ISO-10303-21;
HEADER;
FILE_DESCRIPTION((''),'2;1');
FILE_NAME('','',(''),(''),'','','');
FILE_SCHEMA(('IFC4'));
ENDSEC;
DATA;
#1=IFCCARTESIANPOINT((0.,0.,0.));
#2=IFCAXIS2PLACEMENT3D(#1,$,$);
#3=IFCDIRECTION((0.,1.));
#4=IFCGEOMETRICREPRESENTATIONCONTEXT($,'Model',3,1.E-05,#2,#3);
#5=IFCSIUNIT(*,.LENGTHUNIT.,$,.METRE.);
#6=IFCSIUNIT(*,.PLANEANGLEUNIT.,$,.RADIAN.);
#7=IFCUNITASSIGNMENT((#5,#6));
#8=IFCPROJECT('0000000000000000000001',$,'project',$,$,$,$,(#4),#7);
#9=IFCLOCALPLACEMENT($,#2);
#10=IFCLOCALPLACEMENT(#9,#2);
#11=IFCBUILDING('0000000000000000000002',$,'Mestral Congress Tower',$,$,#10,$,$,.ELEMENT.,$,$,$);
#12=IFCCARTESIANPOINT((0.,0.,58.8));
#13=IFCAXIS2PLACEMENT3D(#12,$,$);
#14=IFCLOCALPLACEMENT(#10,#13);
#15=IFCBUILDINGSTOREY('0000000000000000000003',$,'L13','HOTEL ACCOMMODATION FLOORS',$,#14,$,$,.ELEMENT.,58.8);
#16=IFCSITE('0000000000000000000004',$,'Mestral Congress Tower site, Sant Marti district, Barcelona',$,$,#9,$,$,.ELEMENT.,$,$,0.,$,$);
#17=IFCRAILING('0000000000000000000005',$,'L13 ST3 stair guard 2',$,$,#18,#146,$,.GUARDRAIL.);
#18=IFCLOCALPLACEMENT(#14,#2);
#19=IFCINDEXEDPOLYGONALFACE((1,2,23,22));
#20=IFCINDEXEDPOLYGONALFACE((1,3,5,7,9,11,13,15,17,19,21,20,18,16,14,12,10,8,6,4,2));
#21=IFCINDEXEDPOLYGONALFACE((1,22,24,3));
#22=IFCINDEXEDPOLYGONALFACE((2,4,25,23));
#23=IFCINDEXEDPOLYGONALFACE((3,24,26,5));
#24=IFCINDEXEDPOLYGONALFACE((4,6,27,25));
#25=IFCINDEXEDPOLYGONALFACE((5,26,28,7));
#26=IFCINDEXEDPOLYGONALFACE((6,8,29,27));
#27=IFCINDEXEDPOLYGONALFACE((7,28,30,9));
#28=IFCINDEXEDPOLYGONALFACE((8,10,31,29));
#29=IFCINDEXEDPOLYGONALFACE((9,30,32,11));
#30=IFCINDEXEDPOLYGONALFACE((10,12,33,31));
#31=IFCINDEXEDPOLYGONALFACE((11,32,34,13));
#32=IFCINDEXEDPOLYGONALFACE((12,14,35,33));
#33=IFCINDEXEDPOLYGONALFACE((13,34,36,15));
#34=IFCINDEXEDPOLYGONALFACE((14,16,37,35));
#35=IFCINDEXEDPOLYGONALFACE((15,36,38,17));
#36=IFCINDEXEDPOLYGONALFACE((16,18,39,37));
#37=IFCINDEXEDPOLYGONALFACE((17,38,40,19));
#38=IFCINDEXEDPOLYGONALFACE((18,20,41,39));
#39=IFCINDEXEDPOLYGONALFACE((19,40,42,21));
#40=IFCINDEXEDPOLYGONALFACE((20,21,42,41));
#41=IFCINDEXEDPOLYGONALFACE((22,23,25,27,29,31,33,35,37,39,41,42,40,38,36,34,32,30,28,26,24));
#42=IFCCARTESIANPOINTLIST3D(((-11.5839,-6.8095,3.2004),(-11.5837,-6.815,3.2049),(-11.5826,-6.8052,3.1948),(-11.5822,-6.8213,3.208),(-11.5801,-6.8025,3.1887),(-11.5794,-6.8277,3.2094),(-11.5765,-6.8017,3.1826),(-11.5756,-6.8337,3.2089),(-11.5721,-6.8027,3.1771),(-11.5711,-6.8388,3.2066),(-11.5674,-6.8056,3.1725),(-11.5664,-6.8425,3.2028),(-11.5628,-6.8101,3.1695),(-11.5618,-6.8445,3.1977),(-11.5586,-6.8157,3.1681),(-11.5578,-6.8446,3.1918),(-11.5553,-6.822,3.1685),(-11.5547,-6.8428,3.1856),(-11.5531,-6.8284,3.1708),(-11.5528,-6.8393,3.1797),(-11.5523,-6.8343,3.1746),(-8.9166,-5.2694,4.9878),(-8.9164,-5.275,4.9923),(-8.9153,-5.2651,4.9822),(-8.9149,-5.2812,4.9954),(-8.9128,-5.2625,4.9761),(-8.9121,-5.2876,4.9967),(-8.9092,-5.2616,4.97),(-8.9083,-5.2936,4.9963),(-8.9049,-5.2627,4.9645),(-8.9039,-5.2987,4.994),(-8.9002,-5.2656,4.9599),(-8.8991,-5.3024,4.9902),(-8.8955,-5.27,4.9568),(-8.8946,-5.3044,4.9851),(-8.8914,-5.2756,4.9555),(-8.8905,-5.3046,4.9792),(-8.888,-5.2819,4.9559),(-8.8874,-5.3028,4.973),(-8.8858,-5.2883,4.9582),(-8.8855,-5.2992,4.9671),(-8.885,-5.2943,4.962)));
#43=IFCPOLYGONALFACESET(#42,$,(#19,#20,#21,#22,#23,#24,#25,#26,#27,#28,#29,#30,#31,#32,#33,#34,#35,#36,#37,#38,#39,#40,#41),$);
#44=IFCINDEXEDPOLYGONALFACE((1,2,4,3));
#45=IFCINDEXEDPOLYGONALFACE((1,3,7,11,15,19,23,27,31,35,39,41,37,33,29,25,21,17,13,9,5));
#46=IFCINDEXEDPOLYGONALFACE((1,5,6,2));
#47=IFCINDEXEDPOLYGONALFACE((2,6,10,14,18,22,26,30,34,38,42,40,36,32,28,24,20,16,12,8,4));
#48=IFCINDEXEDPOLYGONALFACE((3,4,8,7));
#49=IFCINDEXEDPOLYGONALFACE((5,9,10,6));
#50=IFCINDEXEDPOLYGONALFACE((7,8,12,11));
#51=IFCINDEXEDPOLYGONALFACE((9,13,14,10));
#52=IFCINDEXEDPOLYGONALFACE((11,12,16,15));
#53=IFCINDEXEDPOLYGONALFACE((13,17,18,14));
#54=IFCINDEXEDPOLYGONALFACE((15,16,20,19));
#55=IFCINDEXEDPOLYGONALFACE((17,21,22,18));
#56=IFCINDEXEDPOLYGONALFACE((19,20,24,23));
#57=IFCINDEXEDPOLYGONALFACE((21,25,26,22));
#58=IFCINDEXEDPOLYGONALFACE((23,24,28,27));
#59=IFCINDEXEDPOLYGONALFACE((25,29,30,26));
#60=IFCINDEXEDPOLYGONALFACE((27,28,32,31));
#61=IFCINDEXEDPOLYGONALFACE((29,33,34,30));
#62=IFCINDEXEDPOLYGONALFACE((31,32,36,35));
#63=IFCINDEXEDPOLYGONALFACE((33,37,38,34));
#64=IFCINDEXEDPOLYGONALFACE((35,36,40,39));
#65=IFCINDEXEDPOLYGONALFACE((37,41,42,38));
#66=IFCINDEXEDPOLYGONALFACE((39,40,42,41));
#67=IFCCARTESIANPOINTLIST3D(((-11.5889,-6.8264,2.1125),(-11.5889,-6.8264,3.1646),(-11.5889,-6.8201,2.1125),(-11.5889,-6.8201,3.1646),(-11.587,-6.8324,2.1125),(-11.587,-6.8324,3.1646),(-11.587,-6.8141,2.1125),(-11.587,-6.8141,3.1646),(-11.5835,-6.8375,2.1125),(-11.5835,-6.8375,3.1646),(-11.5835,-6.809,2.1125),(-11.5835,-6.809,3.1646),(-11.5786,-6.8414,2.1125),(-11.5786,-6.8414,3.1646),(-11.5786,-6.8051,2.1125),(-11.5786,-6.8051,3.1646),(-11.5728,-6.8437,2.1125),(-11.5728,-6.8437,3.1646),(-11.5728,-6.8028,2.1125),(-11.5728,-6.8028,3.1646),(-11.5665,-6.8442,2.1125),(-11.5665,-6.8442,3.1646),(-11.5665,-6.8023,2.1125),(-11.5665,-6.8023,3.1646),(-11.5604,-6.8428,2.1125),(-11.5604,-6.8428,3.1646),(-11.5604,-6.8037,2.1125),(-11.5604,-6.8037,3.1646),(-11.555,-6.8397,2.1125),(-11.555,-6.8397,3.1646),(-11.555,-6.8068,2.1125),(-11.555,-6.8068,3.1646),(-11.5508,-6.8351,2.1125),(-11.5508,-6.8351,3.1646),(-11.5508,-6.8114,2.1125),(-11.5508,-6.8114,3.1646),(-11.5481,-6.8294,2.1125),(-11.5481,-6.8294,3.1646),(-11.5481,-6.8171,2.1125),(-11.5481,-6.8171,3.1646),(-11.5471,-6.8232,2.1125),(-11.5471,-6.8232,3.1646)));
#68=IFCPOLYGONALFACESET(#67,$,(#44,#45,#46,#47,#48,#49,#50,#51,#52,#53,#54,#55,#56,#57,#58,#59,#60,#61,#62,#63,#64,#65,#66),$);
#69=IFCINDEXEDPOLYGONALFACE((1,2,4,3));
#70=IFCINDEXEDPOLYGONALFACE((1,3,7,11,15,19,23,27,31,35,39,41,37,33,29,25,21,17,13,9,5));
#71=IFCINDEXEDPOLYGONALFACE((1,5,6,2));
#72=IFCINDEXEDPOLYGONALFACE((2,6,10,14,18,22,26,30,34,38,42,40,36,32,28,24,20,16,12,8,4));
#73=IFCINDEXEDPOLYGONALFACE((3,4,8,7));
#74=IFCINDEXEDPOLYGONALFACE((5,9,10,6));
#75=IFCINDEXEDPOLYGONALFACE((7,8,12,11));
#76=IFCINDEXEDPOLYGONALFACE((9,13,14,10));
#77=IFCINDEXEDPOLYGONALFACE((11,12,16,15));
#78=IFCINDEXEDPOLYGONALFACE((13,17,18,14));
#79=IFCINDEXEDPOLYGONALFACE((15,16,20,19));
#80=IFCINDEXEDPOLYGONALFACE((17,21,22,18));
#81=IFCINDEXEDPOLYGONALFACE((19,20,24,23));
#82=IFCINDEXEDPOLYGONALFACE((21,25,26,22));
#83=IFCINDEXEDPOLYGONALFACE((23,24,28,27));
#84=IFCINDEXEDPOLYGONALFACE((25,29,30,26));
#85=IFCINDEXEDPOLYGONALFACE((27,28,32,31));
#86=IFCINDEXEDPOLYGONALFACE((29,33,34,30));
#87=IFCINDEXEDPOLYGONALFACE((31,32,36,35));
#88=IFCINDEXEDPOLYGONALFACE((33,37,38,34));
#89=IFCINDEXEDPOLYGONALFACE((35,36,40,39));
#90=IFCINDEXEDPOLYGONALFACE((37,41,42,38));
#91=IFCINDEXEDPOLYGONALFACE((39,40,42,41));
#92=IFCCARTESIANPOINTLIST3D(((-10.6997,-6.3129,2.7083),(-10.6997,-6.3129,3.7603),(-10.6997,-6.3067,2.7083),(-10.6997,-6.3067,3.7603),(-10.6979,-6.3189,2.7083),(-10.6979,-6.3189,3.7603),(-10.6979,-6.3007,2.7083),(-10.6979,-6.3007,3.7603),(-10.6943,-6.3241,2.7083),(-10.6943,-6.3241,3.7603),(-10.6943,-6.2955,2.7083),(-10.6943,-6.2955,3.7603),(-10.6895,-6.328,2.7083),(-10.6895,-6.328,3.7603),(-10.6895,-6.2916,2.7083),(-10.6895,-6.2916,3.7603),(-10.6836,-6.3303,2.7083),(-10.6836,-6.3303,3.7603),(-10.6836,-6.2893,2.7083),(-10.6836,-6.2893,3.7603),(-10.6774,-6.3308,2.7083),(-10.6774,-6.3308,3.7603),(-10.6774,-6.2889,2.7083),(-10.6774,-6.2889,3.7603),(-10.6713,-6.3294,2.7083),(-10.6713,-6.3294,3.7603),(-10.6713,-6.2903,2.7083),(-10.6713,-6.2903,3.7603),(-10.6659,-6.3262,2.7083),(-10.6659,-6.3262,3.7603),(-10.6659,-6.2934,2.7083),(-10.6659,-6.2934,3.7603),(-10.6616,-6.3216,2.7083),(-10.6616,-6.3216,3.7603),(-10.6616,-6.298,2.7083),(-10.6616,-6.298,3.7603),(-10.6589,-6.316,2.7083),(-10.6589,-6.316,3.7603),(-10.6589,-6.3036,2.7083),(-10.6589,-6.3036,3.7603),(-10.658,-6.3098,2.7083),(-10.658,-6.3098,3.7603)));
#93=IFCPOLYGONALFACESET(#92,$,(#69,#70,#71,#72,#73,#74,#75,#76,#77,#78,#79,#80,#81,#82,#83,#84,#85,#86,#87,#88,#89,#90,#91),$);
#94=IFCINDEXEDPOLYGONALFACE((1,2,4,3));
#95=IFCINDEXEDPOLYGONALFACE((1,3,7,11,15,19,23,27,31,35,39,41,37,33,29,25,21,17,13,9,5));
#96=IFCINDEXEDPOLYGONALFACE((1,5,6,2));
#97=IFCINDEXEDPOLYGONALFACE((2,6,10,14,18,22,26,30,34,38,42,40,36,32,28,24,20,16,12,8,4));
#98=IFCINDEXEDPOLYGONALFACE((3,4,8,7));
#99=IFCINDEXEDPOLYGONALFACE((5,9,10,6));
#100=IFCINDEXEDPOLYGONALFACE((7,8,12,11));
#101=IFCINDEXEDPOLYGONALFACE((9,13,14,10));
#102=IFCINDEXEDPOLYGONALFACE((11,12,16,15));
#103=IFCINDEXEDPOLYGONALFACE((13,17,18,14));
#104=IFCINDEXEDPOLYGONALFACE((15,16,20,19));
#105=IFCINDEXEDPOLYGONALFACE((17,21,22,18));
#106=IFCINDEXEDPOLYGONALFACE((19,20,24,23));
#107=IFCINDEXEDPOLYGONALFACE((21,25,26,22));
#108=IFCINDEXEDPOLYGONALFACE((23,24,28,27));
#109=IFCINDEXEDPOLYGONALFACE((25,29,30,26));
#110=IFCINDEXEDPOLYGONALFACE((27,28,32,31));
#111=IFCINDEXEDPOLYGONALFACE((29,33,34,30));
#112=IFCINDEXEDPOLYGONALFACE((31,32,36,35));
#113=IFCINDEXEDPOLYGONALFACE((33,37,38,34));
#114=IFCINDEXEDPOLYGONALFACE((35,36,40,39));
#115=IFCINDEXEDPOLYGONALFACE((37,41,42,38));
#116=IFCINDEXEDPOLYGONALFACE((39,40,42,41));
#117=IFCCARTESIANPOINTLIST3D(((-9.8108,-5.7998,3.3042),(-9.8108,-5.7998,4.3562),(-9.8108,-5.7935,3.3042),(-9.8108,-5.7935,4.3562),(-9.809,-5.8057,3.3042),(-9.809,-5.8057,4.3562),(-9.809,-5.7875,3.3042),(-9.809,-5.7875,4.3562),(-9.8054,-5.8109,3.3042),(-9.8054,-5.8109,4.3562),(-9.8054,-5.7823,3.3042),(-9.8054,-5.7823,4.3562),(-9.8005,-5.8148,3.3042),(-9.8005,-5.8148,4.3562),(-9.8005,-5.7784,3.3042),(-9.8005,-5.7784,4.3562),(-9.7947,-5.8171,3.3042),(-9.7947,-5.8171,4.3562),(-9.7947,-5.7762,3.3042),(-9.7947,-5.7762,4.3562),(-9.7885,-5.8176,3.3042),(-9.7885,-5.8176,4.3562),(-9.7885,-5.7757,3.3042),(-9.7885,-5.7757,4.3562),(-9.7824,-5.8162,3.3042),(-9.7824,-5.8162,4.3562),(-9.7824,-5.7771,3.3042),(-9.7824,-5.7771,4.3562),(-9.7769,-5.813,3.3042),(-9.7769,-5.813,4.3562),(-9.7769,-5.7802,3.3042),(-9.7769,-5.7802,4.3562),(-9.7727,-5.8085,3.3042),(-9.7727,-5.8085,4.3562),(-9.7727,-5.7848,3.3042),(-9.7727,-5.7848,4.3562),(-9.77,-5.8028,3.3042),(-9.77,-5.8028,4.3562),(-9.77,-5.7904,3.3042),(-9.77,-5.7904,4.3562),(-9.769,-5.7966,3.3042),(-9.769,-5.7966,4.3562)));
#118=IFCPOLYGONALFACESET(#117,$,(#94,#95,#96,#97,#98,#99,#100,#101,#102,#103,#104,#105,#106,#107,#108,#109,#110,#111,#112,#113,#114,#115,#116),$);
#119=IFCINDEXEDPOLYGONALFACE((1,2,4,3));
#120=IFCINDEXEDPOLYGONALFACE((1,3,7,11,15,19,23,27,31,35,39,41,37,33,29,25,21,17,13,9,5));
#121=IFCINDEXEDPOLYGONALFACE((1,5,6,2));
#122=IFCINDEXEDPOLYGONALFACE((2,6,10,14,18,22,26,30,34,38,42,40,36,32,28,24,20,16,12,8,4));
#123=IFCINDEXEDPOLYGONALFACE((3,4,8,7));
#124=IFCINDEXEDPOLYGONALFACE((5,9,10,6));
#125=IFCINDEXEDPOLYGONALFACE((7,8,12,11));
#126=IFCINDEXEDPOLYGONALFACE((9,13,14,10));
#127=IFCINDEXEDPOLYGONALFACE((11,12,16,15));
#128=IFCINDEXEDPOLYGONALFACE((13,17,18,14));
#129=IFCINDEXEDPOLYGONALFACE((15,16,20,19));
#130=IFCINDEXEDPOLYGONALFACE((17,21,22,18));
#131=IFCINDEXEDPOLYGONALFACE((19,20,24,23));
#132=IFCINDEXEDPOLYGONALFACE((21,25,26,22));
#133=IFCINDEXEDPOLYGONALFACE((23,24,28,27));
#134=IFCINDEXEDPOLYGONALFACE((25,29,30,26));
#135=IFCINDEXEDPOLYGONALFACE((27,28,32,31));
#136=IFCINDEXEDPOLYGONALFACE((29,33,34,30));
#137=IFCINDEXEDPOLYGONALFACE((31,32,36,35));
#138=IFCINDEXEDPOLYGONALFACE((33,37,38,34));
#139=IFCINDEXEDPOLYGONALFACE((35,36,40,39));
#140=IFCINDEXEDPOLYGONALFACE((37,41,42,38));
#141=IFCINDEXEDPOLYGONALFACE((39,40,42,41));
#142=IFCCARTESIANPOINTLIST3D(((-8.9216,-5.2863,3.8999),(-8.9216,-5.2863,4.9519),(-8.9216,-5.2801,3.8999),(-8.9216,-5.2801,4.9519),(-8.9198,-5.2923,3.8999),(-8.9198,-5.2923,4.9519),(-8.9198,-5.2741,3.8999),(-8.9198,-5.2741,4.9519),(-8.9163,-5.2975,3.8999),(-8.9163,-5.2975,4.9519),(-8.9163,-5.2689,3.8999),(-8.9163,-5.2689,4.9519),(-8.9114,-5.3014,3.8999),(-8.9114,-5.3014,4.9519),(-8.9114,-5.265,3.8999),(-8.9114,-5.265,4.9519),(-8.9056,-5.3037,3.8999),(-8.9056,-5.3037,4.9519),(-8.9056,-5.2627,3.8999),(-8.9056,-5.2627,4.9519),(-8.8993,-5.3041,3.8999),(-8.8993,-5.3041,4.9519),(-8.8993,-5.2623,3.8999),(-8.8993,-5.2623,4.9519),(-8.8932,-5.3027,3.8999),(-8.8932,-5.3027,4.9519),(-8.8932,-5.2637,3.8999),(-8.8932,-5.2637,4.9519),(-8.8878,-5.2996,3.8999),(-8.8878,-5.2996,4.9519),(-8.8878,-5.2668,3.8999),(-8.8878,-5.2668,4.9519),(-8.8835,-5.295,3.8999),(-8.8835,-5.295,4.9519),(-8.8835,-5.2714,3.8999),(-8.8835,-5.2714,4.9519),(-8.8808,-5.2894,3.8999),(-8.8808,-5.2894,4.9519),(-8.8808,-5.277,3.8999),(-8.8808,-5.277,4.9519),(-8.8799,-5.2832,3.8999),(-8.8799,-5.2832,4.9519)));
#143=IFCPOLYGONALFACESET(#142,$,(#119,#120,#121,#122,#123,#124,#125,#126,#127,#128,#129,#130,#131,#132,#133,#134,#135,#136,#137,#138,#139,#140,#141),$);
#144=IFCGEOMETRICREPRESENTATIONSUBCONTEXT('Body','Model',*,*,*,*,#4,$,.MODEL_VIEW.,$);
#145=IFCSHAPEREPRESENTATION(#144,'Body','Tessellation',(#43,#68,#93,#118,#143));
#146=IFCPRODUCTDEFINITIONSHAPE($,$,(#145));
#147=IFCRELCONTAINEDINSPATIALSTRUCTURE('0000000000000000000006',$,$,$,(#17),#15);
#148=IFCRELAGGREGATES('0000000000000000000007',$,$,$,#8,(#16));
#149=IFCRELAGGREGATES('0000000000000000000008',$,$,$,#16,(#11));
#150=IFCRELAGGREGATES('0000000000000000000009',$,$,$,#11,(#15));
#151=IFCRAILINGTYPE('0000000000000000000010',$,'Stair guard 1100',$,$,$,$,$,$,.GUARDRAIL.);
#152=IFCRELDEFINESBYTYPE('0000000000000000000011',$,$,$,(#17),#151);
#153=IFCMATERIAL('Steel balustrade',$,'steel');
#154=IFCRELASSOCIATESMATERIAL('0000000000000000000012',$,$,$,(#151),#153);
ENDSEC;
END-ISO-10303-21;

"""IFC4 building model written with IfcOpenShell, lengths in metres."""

from ifc_helpers import new_model, si_unit, direction, frame, origin, origin_2d, place, context, subcontext, project, spatial, circle, extrude, material, type_object, element, save


model = new_model("IFC4")

# Units and contexts
model_context = context("Model", 3, precision=1e-05, world=origin(), true_north=direction((0.0, 1.0)))
body_context = subcontext(model_context, "Body", "Model", "MODEL_VIEW")
ifc_project = project(units=[si_unit("LENGTHUNIT", "METRE"), si_unit("PLANEANGLEUNIT", "RADIAN")], contexts=[model_context])

# Site, building, storey
site_placement = place(None, origin())
site = spatial("IfcSite", under=ifc_project, at=site_placement, Name="Mestral Congress Tower site, Sant Marti district, Barcelona", CompositionType="ELEMENT", RefElevation=0.0)
building_placement = place(site_placement, origin())
building = spatial("IfcBuilding", under=site, at=building_placement, Name="Mestral Congress Tower", CompositionType="ELEMENT")
storey_placement = place(building_placement, frame((0.0, 0.0, 58.8)))
storey = spatial("IfcBuildingStorey", under=building, at=storey_placement, Name="L13", Description="HOTEL ACCOMMODATION FLOORS", CompositionType="ELEMENT", Elevation=58.8)

# Railing
ifc_material_1 = material(Name="Steel balustrade", Category="steel")
railing_type_1 = type_object("IfcRailingType", Name="Stair guard 1100", PredefinedType="GUARDRAIL", material=ifc_material_1)
railing_1_placement = place(storey_placement, frame((-11.5681, -6.8232, 2.1125)))
element("IfcRailing", 1, at=railing_1_placement, inside=storey, type_object=railing_type_1, Name="L13 ST3 stair guard 2", PredefinedType="GUARDRAIL", context=body_context, shape_type="SweptSolid", body=[
    extrude(circle(Radius=0.0239, at=origin_2d()), frame((0.0, 0.0, 1.0762), z_axis=(0.74902, 0.432477, 0.501929), x_axis=(-0.500027, 0.86601, 0.0)), (0.0, 0.0, 1.0), 3.561),
    extrude(circle(Radius=0.021, at=origin_2d()), origin(), (0.0, 0.0, 1.0), 1.052),
    extrude(circle(Radius=0.021, at=origin_2d()), frame((0.8892, 0.5134, 0.5957)), (0.0, 0.0, 1.0), 1.052),
    extrude(circle(Radius=0.021, at=origin_2d()), frame((1.7781, 1.0266, 1.1917)), (0.0, 0.0, 1.0), 1.052),
    extrude(circle(Radius=0.021, at=origin_2d()), frame((2.6672, 1.54, 1.7874)), (0.0, 0.0, 1.0), 1.052),
])

save(model, "model.ifc")
